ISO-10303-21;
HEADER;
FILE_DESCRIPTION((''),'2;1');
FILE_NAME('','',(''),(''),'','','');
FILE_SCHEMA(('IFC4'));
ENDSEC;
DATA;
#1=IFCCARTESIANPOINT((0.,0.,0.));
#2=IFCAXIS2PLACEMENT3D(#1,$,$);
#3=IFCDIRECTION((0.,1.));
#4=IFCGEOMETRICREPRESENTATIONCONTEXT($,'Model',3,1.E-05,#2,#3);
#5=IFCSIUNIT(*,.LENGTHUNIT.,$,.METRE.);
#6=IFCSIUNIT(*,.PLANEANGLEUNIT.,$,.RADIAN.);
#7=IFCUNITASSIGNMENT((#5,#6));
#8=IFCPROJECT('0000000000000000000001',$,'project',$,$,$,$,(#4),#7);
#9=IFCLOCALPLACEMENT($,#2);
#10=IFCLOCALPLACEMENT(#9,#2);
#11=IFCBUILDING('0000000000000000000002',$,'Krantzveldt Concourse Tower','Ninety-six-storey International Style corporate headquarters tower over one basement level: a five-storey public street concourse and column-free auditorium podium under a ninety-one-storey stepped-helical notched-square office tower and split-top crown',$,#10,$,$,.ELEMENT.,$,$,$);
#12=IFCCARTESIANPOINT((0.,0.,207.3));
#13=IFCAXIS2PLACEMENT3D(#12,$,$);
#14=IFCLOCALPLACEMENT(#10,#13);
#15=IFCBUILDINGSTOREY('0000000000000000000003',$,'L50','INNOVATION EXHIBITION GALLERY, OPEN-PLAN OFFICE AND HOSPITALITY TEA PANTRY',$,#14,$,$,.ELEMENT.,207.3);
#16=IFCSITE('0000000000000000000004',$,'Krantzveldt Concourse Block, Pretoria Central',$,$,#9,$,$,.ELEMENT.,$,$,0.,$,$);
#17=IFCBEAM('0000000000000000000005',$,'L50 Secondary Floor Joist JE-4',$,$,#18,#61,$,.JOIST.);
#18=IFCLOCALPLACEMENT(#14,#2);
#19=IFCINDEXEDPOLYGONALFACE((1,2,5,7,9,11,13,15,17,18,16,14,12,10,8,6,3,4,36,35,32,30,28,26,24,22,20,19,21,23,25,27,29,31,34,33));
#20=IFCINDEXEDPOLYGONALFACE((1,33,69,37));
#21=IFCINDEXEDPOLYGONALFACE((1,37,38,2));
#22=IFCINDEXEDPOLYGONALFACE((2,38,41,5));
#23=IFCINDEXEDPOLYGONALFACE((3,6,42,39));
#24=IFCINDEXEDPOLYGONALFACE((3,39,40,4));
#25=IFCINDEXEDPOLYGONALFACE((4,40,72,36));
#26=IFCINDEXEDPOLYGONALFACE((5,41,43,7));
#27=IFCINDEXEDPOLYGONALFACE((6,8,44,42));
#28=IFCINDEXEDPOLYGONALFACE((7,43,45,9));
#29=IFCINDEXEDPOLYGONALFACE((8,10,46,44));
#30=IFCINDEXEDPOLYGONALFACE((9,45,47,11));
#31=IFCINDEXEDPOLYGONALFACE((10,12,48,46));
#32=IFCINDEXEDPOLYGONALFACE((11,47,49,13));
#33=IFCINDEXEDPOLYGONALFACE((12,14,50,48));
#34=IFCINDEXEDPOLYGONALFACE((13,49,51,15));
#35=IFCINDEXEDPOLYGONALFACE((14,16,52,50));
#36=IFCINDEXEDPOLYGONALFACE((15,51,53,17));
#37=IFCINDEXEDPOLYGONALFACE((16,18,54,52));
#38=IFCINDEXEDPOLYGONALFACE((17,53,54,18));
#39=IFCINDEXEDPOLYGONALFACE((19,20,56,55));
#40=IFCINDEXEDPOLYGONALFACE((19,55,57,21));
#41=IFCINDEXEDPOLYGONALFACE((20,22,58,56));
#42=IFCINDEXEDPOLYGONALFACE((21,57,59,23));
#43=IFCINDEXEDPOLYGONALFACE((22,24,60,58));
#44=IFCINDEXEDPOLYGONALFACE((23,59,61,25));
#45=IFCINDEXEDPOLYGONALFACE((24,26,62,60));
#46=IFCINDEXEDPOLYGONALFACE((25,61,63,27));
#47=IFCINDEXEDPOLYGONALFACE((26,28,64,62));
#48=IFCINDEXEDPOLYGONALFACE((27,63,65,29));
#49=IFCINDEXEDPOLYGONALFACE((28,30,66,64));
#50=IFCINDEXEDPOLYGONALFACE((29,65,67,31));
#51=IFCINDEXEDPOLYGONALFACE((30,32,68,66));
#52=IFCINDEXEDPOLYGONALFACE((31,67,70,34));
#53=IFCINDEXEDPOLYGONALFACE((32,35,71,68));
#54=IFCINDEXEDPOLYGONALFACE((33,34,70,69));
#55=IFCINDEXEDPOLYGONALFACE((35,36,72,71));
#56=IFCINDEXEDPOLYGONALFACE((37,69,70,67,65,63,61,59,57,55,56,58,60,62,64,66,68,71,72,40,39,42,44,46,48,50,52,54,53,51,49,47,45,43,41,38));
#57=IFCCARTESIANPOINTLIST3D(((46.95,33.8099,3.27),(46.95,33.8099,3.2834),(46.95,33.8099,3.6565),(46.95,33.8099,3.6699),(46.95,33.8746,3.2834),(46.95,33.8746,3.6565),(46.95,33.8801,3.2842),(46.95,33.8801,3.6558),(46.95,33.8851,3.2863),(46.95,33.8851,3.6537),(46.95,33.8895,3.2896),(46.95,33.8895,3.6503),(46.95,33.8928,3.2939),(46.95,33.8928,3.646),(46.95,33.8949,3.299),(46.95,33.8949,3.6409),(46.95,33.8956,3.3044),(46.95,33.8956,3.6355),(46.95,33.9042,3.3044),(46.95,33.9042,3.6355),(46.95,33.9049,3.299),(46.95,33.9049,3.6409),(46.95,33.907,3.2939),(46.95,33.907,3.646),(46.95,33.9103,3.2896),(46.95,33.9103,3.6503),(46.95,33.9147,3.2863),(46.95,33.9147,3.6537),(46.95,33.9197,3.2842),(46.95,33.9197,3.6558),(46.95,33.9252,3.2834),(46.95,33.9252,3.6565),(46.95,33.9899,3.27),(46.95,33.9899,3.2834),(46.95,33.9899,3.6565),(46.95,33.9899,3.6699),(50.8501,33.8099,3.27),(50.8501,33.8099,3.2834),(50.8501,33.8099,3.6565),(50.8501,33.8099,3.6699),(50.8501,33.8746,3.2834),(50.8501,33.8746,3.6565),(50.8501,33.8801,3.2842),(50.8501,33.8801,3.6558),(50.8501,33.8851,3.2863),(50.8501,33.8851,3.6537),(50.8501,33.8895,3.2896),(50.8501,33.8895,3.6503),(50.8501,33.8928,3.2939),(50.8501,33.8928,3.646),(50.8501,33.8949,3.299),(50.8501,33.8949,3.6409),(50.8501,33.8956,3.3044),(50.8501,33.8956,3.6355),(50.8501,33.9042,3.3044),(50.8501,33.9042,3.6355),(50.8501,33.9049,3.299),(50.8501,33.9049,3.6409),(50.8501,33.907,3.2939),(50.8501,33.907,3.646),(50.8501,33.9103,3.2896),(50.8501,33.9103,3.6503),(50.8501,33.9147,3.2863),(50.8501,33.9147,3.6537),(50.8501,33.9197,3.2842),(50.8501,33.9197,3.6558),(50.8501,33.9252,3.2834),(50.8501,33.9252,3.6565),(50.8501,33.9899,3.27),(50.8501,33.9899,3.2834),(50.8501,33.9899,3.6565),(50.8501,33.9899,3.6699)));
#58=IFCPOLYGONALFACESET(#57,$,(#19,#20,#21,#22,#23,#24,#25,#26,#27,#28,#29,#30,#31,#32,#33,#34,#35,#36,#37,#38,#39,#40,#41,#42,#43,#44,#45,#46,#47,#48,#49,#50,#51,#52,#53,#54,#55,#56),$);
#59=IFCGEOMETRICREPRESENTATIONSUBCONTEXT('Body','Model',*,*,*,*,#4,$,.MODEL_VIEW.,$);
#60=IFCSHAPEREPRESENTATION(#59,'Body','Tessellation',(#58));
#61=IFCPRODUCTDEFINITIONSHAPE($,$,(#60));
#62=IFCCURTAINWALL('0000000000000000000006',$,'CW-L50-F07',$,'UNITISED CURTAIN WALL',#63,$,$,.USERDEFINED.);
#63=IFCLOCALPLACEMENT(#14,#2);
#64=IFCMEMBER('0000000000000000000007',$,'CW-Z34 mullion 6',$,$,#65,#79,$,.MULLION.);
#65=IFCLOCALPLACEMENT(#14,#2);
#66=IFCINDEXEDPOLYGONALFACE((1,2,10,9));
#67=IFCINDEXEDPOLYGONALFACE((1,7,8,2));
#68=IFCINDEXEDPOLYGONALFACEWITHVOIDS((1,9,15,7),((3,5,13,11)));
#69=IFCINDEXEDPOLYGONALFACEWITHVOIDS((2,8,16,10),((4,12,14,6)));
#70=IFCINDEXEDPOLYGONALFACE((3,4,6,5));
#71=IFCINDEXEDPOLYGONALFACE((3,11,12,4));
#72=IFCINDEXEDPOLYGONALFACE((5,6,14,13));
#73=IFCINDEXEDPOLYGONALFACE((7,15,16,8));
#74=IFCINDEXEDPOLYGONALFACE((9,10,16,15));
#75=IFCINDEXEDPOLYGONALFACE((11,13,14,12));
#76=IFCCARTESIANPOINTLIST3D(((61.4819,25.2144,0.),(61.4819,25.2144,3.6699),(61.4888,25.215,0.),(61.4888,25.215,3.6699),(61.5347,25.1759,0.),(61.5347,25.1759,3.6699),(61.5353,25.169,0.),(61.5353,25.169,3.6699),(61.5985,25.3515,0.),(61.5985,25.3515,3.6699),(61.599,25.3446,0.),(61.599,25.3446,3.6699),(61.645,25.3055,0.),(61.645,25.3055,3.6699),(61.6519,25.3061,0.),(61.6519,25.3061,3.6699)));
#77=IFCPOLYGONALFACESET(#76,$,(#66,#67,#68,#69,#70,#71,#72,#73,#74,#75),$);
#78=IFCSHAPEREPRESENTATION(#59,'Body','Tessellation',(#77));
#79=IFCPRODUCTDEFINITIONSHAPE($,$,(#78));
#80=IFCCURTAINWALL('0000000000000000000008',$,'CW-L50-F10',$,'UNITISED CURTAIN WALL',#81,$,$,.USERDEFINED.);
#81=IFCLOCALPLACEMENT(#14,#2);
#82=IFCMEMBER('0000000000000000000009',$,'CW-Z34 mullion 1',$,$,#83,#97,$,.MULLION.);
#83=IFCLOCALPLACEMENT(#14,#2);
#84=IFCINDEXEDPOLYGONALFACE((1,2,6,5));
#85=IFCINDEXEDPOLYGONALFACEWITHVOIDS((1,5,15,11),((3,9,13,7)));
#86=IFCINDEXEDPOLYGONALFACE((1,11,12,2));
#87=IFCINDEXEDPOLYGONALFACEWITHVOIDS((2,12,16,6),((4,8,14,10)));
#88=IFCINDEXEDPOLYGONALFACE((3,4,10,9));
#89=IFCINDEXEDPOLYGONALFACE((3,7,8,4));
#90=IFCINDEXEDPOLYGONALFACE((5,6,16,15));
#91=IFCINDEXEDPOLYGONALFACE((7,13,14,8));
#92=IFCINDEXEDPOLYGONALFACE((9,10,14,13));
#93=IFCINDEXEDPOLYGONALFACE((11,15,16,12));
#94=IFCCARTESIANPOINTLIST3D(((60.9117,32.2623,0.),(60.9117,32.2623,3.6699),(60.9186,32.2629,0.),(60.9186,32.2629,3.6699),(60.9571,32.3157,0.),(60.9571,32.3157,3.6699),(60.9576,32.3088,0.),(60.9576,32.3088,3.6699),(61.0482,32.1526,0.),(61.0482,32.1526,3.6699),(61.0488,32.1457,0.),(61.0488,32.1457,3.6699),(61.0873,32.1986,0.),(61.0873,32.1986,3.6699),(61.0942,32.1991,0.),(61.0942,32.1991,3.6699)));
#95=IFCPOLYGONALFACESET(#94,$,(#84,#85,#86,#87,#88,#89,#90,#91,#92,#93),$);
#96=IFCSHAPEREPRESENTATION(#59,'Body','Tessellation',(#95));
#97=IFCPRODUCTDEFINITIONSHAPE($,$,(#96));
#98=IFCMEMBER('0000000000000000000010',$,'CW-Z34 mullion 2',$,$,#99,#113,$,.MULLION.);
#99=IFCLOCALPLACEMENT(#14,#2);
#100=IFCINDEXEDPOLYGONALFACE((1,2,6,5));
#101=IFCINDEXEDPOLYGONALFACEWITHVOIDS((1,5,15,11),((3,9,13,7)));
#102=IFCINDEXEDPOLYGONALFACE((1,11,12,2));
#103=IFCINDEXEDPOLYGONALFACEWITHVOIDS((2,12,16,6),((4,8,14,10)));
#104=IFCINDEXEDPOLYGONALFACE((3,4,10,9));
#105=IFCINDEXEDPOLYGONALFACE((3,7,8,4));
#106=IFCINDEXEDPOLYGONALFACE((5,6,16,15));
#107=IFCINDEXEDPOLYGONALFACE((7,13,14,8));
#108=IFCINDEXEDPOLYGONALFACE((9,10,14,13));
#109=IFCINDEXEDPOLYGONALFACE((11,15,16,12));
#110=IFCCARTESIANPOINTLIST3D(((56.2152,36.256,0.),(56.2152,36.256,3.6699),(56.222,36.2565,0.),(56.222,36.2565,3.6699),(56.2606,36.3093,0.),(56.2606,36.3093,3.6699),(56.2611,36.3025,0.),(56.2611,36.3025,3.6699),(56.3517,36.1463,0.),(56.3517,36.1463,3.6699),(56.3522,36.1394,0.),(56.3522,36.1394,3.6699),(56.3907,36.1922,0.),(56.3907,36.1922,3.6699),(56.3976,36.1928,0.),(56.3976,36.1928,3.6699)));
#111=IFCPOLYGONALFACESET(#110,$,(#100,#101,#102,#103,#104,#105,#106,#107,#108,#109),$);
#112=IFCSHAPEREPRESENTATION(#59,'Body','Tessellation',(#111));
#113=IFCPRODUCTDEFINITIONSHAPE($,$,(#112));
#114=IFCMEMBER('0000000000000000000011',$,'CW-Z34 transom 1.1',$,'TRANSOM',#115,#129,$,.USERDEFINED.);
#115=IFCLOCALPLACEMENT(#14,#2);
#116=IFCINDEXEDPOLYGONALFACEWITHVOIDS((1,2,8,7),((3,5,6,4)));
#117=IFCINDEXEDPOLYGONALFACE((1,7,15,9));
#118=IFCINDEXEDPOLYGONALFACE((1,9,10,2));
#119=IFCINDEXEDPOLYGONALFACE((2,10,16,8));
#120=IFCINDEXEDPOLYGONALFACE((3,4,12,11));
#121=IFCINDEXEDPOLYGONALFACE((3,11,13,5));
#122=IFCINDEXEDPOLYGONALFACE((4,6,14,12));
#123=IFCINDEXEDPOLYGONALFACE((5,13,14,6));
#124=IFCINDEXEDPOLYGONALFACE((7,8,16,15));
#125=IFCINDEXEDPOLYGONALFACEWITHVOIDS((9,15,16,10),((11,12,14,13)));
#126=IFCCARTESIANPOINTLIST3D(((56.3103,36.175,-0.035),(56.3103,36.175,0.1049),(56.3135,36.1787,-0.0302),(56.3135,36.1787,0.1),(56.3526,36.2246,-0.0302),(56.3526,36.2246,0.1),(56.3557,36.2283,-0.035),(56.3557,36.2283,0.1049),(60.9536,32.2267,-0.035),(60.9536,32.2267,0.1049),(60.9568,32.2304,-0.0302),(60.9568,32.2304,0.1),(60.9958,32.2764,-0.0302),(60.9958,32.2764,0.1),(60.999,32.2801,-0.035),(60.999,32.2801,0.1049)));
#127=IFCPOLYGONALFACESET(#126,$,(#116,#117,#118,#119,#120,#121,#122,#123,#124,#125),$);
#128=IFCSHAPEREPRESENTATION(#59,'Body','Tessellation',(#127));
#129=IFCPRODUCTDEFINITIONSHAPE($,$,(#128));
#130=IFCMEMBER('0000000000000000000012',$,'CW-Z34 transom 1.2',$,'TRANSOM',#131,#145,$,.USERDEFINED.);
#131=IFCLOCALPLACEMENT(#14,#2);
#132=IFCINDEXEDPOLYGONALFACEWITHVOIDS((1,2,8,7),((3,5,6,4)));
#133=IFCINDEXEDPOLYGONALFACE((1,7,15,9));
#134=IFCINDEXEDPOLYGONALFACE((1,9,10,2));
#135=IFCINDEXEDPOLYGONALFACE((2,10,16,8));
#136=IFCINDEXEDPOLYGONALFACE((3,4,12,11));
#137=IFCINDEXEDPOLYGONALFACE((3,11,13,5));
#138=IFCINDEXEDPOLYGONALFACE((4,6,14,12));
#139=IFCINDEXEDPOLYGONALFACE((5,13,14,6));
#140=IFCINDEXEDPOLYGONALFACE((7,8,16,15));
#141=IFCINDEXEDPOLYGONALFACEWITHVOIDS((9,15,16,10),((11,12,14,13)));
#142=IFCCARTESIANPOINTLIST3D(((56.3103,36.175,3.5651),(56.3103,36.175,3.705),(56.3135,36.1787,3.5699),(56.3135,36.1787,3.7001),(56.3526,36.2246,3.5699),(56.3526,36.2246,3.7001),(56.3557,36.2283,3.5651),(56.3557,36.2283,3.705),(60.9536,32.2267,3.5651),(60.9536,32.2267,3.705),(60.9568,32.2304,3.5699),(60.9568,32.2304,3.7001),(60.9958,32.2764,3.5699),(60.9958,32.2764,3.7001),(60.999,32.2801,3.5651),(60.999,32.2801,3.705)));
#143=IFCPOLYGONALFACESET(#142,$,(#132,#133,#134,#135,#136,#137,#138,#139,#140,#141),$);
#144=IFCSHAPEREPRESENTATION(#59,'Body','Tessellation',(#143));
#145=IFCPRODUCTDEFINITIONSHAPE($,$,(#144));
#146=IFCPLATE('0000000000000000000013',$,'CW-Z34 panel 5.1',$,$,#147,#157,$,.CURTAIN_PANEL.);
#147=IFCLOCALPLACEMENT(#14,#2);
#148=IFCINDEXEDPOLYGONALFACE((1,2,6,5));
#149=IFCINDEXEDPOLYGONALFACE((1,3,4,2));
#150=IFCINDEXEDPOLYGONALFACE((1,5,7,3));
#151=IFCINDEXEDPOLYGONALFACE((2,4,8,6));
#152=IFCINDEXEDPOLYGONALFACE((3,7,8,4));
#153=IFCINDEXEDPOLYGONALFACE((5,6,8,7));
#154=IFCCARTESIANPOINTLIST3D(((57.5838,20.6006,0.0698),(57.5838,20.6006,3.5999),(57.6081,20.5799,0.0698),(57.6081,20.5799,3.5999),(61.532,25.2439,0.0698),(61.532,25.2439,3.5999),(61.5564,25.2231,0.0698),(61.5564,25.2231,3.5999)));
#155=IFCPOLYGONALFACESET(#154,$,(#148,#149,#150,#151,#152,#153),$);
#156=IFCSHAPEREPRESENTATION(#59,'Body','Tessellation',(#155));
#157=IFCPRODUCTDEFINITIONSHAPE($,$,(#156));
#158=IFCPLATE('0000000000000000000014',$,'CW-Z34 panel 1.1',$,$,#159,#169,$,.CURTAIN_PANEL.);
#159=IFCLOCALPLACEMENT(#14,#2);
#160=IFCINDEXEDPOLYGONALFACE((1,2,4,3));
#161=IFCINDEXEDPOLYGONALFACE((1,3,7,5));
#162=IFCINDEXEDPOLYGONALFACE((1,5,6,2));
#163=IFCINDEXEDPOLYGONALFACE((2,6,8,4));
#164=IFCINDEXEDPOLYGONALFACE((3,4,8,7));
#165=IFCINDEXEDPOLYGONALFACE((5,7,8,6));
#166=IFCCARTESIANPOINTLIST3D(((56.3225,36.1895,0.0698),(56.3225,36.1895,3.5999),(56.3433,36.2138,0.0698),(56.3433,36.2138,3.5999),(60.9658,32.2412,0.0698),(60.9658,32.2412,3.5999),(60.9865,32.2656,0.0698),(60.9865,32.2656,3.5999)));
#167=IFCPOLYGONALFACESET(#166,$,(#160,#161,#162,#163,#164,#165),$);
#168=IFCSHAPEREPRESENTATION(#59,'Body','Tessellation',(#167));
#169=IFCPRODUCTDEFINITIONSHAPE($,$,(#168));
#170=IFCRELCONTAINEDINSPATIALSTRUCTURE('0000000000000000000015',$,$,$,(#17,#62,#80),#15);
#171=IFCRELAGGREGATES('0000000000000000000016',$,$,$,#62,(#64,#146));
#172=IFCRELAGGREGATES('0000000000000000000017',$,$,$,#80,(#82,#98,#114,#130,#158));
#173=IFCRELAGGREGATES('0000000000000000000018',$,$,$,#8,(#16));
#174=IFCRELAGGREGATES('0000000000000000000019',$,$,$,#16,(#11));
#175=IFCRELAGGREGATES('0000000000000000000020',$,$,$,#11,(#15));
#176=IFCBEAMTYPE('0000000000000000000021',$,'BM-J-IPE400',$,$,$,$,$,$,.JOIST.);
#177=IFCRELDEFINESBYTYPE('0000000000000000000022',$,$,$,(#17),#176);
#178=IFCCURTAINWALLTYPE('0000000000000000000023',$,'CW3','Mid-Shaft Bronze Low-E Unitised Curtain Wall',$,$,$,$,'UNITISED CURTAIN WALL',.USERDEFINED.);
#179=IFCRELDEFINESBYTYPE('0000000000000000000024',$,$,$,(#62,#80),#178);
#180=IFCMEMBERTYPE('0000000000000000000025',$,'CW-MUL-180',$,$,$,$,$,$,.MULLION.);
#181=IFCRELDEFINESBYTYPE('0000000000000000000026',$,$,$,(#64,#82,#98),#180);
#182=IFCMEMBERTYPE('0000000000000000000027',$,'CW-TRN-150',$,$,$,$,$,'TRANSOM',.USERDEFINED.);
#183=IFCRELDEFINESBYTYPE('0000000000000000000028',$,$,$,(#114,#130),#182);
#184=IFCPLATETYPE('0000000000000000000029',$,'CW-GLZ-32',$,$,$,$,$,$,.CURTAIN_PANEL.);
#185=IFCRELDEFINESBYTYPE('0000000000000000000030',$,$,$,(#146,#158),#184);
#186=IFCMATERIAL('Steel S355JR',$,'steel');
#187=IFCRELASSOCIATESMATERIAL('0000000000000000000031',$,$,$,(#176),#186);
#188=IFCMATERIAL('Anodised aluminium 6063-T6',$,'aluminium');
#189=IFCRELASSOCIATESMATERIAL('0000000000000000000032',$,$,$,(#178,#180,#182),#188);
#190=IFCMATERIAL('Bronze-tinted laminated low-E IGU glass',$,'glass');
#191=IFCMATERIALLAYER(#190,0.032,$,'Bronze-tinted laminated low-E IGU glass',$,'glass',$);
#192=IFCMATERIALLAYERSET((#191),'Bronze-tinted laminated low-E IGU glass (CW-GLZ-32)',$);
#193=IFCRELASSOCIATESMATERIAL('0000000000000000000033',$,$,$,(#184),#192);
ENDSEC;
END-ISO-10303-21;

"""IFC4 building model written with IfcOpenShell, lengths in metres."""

from ifc_helpers import new_model, si_unit, direction, frame, origin, origin_2d, place, context, subcontext, project, spatial, rectangle, hollow_rectangle, i_section, extrude, source, transform, mapped, material, layer, layer_set, material_profile, profile_set, type_object, type_shapes, element, aggregate, save


model = new_model("IFC4")

# Units and contexts
model_context = context("Model", 3, precision=1e-05, world=origin(), true_north=direction((0.0, 1.0)))
body_context = subcontext(model_context, "Body", "Model", "MODEL_VIEW")
ifc_project = project(units=[si_unit("LENGTHUNIT", "METRE"), si_unit("PLANEANGLEUNIT", "RADIAN")], contexts=[model_context])

# Site, building, storey
site_placement = place(None, origin())
site = spatial("IfcSite", under=ifc_project, at=site_placement, Name="Krantzveldt Concourse Block, Pretoria Central", CompositionType="ELEMENT", RefElevation=0.0)
building_placement = place(site_placement, origin())
building = spatial("IfcBuilding", under=site, at=building_placement, Name="Krantzveldt Concourse Tower", Description="Ninety-six-storey International Style corporate headquarters tower over one basement level: a five-storey public street concourse and column-free auditorium podium under a ninety-one-storey stepped-helical notched-square office tower and split-top crown", CompositionType="ELEMENT")
storey_placement = place(building_placement, frame((0.0, 0.0, 207.3)))
storey = spatial("IfcBuildingStorey", under=building, at=storey_placement, Name="L50", Description="INNOVATION EXHIBITION GALLERY, OPEN-PLAN OFFICE AND HOSPITALITY TEA PANTRY", CompositionType="ELEMENT", Elevation=207.3)

# Beam
ifc_material_1 = material(Name="Steel S355JR", Category="steel")
ifc_material_profile_1 = material_profile(ifc_material_1, i_section(OverallWidth=0.1799, OverallDepth=0.3999, WebThickness=0.0085, FlangeThickness=0.0134, FilletRadius=0.021, at=origin_2d()), Name="Steel S355JR", Category="steel")
ifc_profile_set_1 = profile_set([ifc_material_profile_1], Name="Steel S355JR - IPE 400")
beam_type_1 = type_object("IfcBeamType", Name="BM-J-IPE400", PredefinedType="JOIST", material=ifc_profile_set_1)
shared_shape_1 = source(origin(), body_context, "Body", "SweptSolid", [
    extrude(i_section(OverallWidth=0.1799, OverallDepth=0.3999, WebThickness=0.0085, FlangeThickness=0.0134, FilletRadius=0.021, at=origin_2d()), origin(), (0.0, 0.0, 1.0), 3.9001),
])
type_shapes(beam_type_1, [shared_shape_1])
for number, where, z_axis, x_axis, name in (
    (1, (46.95, 33.8999, 3.47), (1.0, 0.0, 0.0), (0.0, 1.0, 0.0), "L50 Secondary Floor Joist JE-4"),
):
    element("IfcBeam", number, at=place(storey_placement, frame(where, z_axis=z_axis, x_axis=x_axis)), inside=storey, type_object=beam_type_1, Name=name, PredefinedType="JOIST", context=body_context, shape_type="MappedRepresentation", body=[
        mapped(shared_shape_1, transform((0.0, 0.0, 0.0), x_axis=(1.0, 0.0, 0.0), y_axis=(0.0, 1.0, 0.0), z_axis=(0.0, 0.0, 1.0), scale=1.0)),
    ])

# Curtain wall, member
ifc_material_2 = material(Name="Anodised aluminium 6063-T6", Category="aluminium")
curtain_wall_type = type_object("IfcCurtainWallType", Name="CW3", Description="Mid-Shaft Bronze Low-E Unitised Curtain Wall", ElementType="UNITISED CURTAIN WALL", PredefinedType="USERDEFINED", material=ifc_material_2)
curtain_wall_1_placement = place(storey_placement, origin())
curtain_wall_1 = element("IfcCurtainWall", 2, at=curtain_wall_1_placement, inside=storey, type_object=curtain_wall_type, Name="CW-L50-F07", ObjectType="UNITISED CURTAIN WALL", PredefinedType="USERDEFINED")
ifc_material_profile_2 = material_profile(ifc_material_2, hollow_rectangle(XDim=0.0701, YDim=0.1799, WallThickness=0.0049, at=origin_2d()), Name="Anodised aluminium 6063-T6", Category="aluminium")
ifc_profile_set_2 = profile_set([ifc_material_profile_2], Name="Anodised aluminium 6063-T6 - ALU-MULL 180x70x5")
member_type_1 = type_object("IfcMemberType", Name="CW-MUL-180", PredefinedType="MULLION", material=ifc_profile_set_2)
shared_shape_2 = source(origin(), body_context, "Body", "SweptSolid", [
    extrude(hollow_rectangle(XDim=0.0701, YDim=0.1799, WallThickness=0.0049, at=origin_2d()), origin(), (0.0, 0.0, 1.0), 3.6699),
])
type_shapes(member_type_1, [shared_shape_2])
member_1_placement = place(storey_placement, frame((61.5669, 25.2603, 0.0), z_axis=(0.0, 0.0, 1.0), x_axis=(-0.761821, 0.647788, 0.0)))
member_1 = element("IfcMember", 3, at=member_1_placement, type_object=member_type_1, Name="CW-Z34 mullion 6", PredefinedType="MULLION", context=body_context, shape_type="MappedRepresentation", body=[
    mapped(shared_shape_2, transform((0.0, 0.0, 0.0), x_axis=(1.0, 0.0, 0.0), y_axis=(0.0, 1.0, 0.0), z_axis=(0.0, 0.0, 1.0), scale=1.0)),
])

# Curtain wall, members
curtain_wall_2_placement = place(storey_placement, origin())
curtain_wall_2 = element("IfcCurtainWall", 4, at=curtain_wall_2_placement, inside=storey, type_object=curtain_wall_type, Name="CW-L50-F10", ObjectType="UNITISED CURTAIN WALL", PredefinedType="USERDEFINED")
member_2_placement = place(storey_placement, frame((61.0029, 32.2307, 0.0), z_axis=(0.0, 0.0, 1.0), x_axis=(-0.647788, -0.761821, 0.0)))
member_2 = element("IfcMember", 5, at=member_2_placement, type_object=member_type_1, Name="CW-Z34 mullion 1", PredefinedType="MULLION", context=body_context, shape_type="MappedRepresentation", body=[
    mapped(shared_shape_2, transform((0.0, 0.0, 0.0), x_axis=(1.0, 0.0, 0.0), y_axis=(0.0, 1.0, 0.0), z_axis=(0.0, 0.0, 1.0), scale=1.0)),
])
member_3_placement = place(storey_placement, frame((56.3064, 36.2244, 0.0), z_axis=(0.0, 0.0, 1.0), x_axis=(-0.647788, -0.761821, 0.0)))
member_3 = element("IfcMember", 6, at=member_3_placement, type_object=member_type_1, Name="CW-Z34 mullion 2", PredefinedType="MULLION", context=body_context, shape_type="MappedRepresentation", body=[
    mapped(shared_shape_2, transform((0.0, 0.0, 0.0), x_axis=(1.0, 0.0, 0.0), y_axis=(0.0, 1.0, 0.0), z_axis=(0.0, 0.0, 1.0), scale=1.0)),
])
ifc_material_profile_3 = material_profile(ifc_material_2, hollow_rectangle(XDim=0.0701, YDim=0.1399, WallThickness=0.0049, at=origin_2d()), Name="Anodised aluminium 6063-T6", Category="aluminium")
ifc_profile_set_3 = profile_set([ifc_material_profile_3], Name="Anodised aluminium 6063-T6 - ALU-TRAN 140x70x5")
member_type_2 = type_object("IfcMemberType", Name="CW-TRN-150", ElementType="TRANSOM", PredefinedType="USERDEFINED", material=ifc_profile_set_3)
shared_shape_3 = source(origin(), body_context, "Body", "SweptSolid", [
    extrude(hollow_rectangle(XDim=0.0701, YDim=0.1399, WallThickness=0.0049, at=origin_2d()), origin(), (0.0, 0.0, 1.0), 6.095),
])
type_shapes(member_type_2, [shared_shape_3])
member_4_placement = place(storey_placement, frame((60.9763, 32.2534, 0.0349), z_axis=(-0.761824, 0.647784, 0.0), x_axis=(-0.647784, -0.761824, 0.0)))
member_4 = element("IfcMember", 7, at=member_4_placement, type_object=member_type_2, Name="CW-Z34 transom 1.1", ObjectType="TRANSOM", PredefinedType="USERDEFINED", context=body_context, shape_type="MappedRepresentation", body=[
    mapped(shared_shape_3, transform((0.0, 0.0, 0.0), x_axis=(1.0, 0.0, 0.0), y_axis=(0.0, 1.0, 0.0), z_axis=(0.0, 0.0, 1.0), scale=1.0)),
])
member_5_placement = place(storey_placement, frame((60.9763, 32.2534, 3.635), z_axis=(-0.761824, 0.647784, 0.0), x_axis=(-0.647784, -0.761824, 0.0)))
member_5 = element("IfcMember", 8, at=member_5_placement, type_object=member_type_2, Name="CW-Z34 transom 1.2", ObjectType="TRANSOM", PredefinedType="USERDEFINED", context=body_context, shape_type="MappedRepresentation", body=[
    mapped(shared_shape_3, transform((0.0, 0.0, 0.0), x_axis=(1.0, 0.0, 0.0), y_axis=(0.0, 1.0, 0.0), z_axis=(0.0, 0.0, 1.0), scale=1.0)),
])

# Plates
ifc_material_3 = material(Name="Bronze-tinted laminated low-E IGU glass", Category="glass")
ifc_layer_1 = layer(ifc_material_3, 0.032, Name="Bronze-tinted laminated low-E IGU glass", Category="glass")
ifc_layer_set_1 = layer_set([ifc_layer_1], Name="Bronze-tinted laminated low-E IGU glass (CW-GLZ-32)")
plate_type = type_object("IfcPlateType", Name="CW-GLZ-32", PredefinedType="CURTAIN_PANEL", material=ifc_layer_set_1)
shared_shape_4 = source(origin(), body_context, "Body", "SweptSolid", [
    extrude(rectangle(XDim=6.095, YDim=0.032, at=origin_2d()), origin(), (0.0, 0.0, 1.0), 3.53),
])
type_shapes(plate_type, [shared_shape_4])
plate_1_placement = place(storey_placement, frame((59.5701, 22.9119, 0.0698), z_axis=(0.0, 0.0, 1.0), x_axis=(0.647788, 0.761821, 0.0)))
plate_1 = element("IfcPlate", 9, at=plate_1_placement, type_object=plate_type, Name="CW-Z34 panel 5.1", PredefinedType="CURTAIN_PANEL", context=body_context, shape_type="MappedRepresentation", body=[
    mapped(shared_shape_4, transform((0.0, 0.0, 0.0), x_axis=(1.0, 0.0, 0.0), y_axis=(0.0, 1.0, 0.0), z_axis=(0.0, 0.0, 1.0), scale=1.0)),
])
aggregate(curtain_wall_1, [member_1, plate_1])
plate_2_placement = place(storey_placement, frame((58.6545, 34.2275, 0.0698), z_axis=(0.0, 0.0, 1.0), x_axis=(-0.761821, 0.647788, 0.0)))
plate_2 = element("IfcPlate", 10, at=plate_2_placement, type_object=plate_type, Name="CW-Z34 panel 1.1", PredefinedType="CURTAIN_PANEL", context=body_context, shape_type="MappedRepresentation", body=[
    mapped(shared_shape_4, transform((0.0, 0.0, 0.0), x_axis=(1.0, 0.0, 0.0), y_axis=(0.0, 1.0, 0.0), z_axis=(0.0, 0.0, 1.0), scale=1.0)),
])
aggregate(curtain_wall_2, [member_2, member_3, member_4, member_5, plate_2])

save(model, "model.ifc")
